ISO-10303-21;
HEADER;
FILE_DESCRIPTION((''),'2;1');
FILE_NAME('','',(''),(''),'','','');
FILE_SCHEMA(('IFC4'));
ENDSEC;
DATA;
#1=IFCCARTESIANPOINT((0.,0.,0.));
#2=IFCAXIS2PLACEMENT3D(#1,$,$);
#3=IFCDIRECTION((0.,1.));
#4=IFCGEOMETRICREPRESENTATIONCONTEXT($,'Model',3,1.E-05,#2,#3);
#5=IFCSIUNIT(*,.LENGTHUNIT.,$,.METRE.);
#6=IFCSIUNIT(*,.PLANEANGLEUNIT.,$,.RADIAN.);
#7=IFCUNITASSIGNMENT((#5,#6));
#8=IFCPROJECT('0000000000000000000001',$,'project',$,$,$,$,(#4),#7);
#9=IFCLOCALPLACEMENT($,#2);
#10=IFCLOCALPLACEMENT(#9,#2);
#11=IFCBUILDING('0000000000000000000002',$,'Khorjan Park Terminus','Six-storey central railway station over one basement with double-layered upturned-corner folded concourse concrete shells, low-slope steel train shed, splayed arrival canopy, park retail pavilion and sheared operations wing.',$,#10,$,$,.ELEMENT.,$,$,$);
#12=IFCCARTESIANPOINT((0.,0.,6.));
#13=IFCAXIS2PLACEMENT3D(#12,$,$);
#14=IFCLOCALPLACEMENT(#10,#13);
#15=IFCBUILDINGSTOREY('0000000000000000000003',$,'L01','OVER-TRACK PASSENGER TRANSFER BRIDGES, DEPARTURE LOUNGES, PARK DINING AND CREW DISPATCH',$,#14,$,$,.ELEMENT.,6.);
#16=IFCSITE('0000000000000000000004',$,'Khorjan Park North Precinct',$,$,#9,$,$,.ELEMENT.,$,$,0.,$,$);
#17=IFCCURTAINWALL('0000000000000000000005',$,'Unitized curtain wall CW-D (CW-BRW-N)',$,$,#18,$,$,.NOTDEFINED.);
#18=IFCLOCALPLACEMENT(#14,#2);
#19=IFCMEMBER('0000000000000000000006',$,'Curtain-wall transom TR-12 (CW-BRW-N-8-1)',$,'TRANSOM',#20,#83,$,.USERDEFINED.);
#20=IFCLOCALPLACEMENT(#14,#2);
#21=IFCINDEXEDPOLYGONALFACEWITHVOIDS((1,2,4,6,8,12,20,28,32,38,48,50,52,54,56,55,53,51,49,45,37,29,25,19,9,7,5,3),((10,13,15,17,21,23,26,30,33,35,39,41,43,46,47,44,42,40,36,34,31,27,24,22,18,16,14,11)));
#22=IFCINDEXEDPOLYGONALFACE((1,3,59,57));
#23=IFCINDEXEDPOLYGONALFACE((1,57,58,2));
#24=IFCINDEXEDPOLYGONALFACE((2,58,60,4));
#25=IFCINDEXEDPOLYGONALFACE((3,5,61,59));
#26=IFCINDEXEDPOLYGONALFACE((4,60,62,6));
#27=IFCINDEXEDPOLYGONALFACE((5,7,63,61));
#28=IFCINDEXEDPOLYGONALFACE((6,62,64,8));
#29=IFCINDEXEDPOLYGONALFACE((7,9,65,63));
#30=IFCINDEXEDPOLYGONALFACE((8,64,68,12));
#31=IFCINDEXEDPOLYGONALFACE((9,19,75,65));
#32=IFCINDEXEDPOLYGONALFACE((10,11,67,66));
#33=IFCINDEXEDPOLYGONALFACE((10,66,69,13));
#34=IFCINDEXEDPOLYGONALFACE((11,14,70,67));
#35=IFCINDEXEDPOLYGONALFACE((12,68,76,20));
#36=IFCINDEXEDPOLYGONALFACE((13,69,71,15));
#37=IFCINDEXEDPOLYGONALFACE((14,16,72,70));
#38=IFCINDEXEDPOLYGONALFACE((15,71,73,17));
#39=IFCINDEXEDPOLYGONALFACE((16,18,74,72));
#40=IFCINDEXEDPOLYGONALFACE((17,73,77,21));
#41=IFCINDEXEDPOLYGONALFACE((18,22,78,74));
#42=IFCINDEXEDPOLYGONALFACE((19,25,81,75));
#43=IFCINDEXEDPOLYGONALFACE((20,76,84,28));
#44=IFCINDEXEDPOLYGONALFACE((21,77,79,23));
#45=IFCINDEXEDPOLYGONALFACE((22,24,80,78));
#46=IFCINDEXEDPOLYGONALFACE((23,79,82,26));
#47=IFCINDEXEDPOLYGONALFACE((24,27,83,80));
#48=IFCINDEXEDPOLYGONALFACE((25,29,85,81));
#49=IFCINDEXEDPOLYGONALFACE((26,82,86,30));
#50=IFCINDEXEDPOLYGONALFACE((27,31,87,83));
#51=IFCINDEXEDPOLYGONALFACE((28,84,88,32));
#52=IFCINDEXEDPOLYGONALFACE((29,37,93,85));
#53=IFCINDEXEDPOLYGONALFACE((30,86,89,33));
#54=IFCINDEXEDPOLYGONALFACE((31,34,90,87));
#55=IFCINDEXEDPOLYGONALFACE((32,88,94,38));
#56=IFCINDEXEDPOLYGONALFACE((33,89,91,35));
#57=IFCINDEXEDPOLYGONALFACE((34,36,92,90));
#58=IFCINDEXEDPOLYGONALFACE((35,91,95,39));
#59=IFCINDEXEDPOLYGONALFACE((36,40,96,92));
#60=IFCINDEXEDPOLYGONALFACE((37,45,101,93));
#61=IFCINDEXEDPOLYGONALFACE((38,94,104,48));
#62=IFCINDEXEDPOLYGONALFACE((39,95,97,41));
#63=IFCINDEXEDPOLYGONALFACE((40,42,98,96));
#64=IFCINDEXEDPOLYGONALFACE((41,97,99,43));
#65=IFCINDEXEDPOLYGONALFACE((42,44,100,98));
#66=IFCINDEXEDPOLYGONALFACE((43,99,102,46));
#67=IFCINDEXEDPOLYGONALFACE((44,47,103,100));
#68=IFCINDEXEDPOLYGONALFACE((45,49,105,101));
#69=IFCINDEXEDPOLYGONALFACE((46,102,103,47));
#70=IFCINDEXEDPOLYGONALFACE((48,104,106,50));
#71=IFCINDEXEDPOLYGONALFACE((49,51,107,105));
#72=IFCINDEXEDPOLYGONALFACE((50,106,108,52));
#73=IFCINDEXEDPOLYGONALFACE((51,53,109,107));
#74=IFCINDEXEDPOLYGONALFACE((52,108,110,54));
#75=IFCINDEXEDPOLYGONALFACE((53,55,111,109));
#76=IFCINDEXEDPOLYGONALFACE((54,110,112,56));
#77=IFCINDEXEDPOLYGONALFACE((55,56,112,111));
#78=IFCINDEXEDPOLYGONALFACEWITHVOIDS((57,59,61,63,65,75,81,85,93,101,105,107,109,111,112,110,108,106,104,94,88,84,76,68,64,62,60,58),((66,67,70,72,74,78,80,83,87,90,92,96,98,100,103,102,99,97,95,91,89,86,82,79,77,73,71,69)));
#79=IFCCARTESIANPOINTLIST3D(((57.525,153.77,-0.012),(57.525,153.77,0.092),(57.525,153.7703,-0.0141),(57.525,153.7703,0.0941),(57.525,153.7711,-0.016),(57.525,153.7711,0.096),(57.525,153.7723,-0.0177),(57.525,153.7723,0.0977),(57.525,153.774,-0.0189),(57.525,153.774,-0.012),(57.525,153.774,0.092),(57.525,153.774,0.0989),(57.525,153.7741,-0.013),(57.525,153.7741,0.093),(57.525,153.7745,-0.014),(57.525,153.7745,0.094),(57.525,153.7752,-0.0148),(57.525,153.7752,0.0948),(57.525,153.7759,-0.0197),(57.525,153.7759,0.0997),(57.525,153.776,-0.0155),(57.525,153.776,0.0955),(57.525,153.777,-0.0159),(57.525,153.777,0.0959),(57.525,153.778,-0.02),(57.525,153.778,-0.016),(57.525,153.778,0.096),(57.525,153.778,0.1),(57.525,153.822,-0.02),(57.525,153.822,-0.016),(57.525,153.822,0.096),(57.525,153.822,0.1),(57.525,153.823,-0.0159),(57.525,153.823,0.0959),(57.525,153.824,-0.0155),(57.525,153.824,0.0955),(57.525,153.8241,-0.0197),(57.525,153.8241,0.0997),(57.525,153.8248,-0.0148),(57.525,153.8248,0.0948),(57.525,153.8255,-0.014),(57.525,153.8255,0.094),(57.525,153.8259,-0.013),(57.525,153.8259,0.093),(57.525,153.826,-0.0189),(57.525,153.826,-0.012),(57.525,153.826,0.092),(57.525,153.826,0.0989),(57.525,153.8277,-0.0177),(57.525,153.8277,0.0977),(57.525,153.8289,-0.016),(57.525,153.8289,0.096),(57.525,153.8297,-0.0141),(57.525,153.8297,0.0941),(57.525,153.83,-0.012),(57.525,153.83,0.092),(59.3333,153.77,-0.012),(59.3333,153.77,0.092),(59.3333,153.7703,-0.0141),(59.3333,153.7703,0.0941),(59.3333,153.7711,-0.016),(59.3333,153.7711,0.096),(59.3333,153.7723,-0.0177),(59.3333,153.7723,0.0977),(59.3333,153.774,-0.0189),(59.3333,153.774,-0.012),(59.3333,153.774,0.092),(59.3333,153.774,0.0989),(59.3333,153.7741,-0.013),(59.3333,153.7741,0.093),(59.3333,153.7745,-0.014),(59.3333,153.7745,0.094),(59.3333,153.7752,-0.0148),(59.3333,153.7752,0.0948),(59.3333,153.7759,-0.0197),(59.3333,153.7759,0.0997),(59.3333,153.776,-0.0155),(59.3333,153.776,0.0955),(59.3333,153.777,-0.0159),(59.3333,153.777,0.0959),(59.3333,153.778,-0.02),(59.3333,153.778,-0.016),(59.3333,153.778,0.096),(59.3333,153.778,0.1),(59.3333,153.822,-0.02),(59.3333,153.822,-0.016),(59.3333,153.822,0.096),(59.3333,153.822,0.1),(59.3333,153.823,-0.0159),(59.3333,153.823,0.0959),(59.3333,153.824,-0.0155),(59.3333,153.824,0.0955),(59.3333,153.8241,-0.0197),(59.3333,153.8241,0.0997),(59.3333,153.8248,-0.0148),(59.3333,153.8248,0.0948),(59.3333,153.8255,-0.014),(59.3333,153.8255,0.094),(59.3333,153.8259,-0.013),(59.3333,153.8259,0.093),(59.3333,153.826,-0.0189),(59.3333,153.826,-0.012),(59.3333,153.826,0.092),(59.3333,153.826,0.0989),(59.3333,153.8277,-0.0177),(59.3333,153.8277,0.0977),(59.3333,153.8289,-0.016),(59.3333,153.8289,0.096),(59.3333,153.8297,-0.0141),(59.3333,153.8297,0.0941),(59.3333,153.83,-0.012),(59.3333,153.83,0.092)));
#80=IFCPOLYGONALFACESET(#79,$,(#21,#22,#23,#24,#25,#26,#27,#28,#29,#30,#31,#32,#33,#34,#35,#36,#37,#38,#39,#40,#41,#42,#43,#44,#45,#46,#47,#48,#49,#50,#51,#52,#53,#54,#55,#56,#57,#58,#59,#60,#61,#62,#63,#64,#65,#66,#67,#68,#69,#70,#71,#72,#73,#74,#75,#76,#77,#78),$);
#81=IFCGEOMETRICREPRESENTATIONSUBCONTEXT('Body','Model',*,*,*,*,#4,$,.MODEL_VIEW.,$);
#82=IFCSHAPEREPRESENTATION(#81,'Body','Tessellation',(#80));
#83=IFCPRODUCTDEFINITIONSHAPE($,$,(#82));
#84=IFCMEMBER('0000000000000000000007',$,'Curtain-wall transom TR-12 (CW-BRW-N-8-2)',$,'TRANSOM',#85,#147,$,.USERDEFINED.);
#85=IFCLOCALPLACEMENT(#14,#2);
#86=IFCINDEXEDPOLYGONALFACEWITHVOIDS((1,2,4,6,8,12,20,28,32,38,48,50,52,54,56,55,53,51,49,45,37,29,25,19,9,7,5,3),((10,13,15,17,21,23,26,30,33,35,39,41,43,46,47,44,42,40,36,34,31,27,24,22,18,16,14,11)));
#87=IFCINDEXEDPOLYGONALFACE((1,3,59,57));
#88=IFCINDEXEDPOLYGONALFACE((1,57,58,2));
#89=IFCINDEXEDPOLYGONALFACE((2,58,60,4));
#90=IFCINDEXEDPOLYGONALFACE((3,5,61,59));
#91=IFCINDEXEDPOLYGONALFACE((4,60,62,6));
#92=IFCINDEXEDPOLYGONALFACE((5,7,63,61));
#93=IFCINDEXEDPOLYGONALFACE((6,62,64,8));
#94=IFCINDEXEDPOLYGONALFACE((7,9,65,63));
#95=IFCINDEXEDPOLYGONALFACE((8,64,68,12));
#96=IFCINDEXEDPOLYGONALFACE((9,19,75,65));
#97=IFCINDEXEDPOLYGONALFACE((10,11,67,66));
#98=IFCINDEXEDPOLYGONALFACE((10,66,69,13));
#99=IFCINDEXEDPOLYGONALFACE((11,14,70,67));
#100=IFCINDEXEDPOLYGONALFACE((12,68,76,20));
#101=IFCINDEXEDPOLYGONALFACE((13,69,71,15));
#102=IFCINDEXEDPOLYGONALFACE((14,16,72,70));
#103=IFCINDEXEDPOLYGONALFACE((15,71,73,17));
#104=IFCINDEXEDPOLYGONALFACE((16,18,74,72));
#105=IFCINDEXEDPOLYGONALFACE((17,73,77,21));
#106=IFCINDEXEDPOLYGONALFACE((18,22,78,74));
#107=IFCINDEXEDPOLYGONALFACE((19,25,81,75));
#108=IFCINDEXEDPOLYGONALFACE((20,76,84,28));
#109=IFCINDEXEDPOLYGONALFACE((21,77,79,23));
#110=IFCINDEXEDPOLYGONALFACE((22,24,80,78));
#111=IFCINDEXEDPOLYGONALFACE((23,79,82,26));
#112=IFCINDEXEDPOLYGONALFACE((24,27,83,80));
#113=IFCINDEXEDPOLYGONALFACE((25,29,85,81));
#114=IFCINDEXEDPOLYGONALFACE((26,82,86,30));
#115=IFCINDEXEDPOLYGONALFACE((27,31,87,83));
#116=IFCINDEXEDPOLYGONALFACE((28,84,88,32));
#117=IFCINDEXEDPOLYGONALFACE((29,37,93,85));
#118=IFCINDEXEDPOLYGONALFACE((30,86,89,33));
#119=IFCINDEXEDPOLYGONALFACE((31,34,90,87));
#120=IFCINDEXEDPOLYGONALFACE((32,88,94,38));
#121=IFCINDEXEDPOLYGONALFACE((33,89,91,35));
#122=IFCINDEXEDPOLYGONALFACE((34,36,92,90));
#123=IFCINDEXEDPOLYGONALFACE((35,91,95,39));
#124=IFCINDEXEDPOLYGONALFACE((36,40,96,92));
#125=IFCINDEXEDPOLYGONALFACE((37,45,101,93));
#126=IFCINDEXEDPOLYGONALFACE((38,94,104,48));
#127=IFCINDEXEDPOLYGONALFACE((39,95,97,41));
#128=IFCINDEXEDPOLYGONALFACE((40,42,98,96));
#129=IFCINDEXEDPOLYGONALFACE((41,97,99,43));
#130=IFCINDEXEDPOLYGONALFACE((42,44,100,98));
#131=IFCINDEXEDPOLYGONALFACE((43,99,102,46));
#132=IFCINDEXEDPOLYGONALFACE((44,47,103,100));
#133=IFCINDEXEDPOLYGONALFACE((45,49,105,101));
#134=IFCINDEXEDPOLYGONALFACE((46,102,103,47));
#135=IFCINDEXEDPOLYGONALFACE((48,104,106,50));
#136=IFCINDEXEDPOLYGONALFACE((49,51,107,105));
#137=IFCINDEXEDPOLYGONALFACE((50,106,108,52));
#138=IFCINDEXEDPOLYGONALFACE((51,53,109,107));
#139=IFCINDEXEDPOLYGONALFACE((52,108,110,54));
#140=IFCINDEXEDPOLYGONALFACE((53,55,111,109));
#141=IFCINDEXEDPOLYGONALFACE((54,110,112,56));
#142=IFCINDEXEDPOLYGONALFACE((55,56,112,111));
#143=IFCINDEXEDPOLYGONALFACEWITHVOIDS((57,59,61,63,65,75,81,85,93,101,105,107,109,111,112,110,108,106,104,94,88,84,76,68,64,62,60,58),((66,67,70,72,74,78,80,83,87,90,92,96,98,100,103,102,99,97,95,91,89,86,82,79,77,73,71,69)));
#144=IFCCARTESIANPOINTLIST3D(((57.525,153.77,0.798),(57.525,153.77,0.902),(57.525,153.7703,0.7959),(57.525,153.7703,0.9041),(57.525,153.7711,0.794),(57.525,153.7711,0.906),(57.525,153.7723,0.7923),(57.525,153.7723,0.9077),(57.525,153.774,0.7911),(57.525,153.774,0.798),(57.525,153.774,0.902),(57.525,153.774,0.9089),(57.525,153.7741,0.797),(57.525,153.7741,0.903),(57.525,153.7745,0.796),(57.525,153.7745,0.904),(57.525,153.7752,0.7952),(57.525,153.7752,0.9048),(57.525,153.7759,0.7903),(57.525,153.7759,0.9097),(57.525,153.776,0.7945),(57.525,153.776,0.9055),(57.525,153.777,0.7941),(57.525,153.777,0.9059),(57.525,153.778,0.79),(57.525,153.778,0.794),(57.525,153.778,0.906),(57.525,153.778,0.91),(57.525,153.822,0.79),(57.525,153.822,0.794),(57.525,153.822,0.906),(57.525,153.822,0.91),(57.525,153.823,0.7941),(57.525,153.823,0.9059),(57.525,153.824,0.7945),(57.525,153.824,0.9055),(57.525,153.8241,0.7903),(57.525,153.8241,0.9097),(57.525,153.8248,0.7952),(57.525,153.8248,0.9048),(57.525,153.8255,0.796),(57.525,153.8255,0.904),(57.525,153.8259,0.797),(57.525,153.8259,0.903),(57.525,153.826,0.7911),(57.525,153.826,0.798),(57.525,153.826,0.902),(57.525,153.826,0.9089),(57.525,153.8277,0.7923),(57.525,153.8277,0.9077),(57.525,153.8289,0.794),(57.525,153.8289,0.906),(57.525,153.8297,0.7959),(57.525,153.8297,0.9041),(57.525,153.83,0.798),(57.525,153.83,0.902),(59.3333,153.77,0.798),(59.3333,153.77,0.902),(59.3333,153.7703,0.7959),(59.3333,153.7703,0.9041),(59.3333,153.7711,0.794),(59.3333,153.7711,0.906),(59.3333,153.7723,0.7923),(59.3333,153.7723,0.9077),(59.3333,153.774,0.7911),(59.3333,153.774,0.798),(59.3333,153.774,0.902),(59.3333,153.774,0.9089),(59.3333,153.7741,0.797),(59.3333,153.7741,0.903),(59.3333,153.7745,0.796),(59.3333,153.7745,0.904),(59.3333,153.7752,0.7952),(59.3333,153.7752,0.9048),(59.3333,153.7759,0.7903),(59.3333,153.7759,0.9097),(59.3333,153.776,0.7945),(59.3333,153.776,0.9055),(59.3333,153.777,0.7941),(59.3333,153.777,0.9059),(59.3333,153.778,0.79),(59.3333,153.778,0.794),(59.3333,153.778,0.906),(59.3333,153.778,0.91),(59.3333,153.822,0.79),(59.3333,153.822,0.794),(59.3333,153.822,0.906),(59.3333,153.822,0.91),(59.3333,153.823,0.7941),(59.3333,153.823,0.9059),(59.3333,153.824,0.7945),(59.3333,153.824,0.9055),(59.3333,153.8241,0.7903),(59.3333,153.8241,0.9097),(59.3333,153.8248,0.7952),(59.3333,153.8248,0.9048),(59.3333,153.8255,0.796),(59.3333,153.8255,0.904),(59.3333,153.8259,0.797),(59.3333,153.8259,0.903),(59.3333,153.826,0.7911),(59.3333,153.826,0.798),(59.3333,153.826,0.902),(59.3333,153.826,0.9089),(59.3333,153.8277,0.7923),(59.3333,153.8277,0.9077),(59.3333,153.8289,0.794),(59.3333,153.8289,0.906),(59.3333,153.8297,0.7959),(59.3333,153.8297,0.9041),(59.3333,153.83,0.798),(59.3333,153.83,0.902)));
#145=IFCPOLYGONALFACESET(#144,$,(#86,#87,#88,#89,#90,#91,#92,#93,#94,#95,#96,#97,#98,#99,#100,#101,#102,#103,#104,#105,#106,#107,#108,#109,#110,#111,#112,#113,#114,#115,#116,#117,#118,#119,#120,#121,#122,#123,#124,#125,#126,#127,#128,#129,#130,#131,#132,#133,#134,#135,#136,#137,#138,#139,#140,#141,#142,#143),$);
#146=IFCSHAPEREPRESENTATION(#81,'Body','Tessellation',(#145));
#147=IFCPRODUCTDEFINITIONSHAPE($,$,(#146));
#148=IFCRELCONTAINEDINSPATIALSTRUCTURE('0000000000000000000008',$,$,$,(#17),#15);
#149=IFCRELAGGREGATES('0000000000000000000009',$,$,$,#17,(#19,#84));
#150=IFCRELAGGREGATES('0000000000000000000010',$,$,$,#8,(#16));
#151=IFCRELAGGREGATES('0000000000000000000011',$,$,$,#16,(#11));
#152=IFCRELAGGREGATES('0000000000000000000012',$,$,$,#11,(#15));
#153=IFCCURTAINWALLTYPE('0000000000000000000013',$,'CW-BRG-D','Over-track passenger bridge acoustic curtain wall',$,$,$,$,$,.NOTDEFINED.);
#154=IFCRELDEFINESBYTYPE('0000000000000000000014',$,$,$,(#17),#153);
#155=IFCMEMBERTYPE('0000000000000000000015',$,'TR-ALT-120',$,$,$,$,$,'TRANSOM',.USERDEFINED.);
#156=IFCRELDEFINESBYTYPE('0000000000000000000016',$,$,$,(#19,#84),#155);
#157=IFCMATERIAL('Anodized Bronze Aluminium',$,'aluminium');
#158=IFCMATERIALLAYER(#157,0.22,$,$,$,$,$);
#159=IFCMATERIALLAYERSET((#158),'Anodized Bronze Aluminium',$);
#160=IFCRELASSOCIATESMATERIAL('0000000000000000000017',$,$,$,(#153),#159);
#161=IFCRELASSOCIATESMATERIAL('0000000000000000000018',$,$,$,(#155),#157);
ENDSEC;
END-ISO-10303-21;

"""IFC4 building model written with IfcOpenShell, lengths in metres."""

from ifc_helpers import new_model, si_unit, direction, frame, origin, origin_2d, place, context, subcontext, project, spatial, hollow_rectangle, extrude, material, layer, layer_set, material_profile, profile_set, type_object, element, aggregate, save


model = new_model("IFC4")

# Units and contexts
model_context = context("Model", 3, precision=1e-05, world=origin(), true_north=direction((0.0, 1.0)))
body_context = subcontext(model_context, "Body", "Model", "MODEL_VIEW")
ifc_project = project(units=[si_unit("LENGTHUNIT", "METRE"), si_unit("PLANEANGLEUNIT", "RADIAN")], contexts=[model_context])

# Site, building, storey
site_placement = place(None, origin())
site = spatial("IfcSite", under=ifc_project, at=site_placement, Name="Khorjan Park North Precinct", CompositionType="ELEMENT", RefElevation=0.0)
building_placement = place(site_placement, origin())
building = spatial("IfcBuilding", under=site, at=building_placement, Name="Khorjan Park Terminus", Description="Six-storey central railway station over one basement with double-layered upturned-corner folded concourse concrete shells, low-slope steel train shed, splayed arrival canopy, park retail pavilion and sheared operations wing.", CompositionType="ELEMENT")
storey_placement = place(building_placement, frame((0.0, 0.0, 6.0)))
storey = spatial("IfcBuildingStorey", under=building, at=storey_placement, Name="L01", Description="OVER-TRACK PASSENGER TRANSFER BRIDGES, DEPARTURE LOUNGES, PARK DINING AND CREW DISPATCH", CompositionType="ELEMENT", Elevation=6.0)

# Curtain wall, members
ifc_material_1 = material(Name="Anodized Bronze Aluminium", Category="aluminium")
ifc_layer_1 = layer(ifc_material_1, 0.22)
ifc_layer_set_1 = layer_set([ifc_layer_1], Name="Anodized Bronze Aluminium")
curtain_wall_type = type_object("IfcCurtainWallType", Name="CW-BRG-D", Description="Over-track passenger bridge acoustic curtain wall", PredefinedType="NOTDEFINED", material=ifc_layer_set_1)
curtain_wall_placement = place(storey_placement, origin())
curtain_wall = element("IfcCurtainWall", 1, at=curtain_wall_placement, inside=storey, type_object=curtain_wall_type, Name="Unitized curtain wall CW-D (CW-BRW-N)", PredefinedType="NOTDEFINED")
ifc_material_profile_1 = material_profile(ifc_material_1, hollow_rectangle(XDim=0.06, YDim=0.12, WallThickness=0.004, InnerFilletRadius=0.004, OuterFilletRadius=0.008, at=origin_2d()), Name="ALT 60x120x4")
ifc_profile_set_1 = profile_set([ifc_material_profile_1], Name="Anodized Bronze Aluminium")
member_type_1 = type_object("IfcMemberType", Name="TR-ALT-120", ElementType="TRANSOM", PredefinedType="USERDEFINED", material=ifc_profile_set_1)
member_1_placement = place(storey_placement, frame((59.3333, 153.8, 0.04), z_axis=(-1.0, 0.0, 0.0), x_axis=(0.0, -1.0, 0.0)))
member_1 = element("IfcMember", 2, at=member_1_placement, type_object=member_type_1, Name="Curtain-wall transom TR-12 (CW-BRW-N-8-1)", ObjectType="TRANSOM", PredefinedType="USERDEFINED", context=body_context, shape_type="SweptSolid", body=[
    extrude(hollow_rectangle(XDim=0.06, YDim=0.12, WallThickness=0.004, InnerFilletRadius=0.004, OuterFilletRadius=0.008, at=origin_2d()), origin(), (0.0, 0.0, 1.0), 1.8083),
])
member_2_placement = place(storey_placement, frame((59.3333, 153.8, 0.85), z_axis=(-1.0, 0.0, 0.0), x_axis=(0.0, -1.0, 0.0)))
member_2 = element("IfcMember", 3, at=member_2_placement, type_object=member_type_1, Name="Curtain-wall transom TR-12 (CW-BRW-N-8-2)", ObjectType="TRANSOM", PredefinedType="USERDEFINED", context=body_context, shape_type="SweptSolid", body=[
    extrude(hollow_rectangle(XDim=0.06, YDim=0.12, WallThickness=0.004, InnerFilletRadius=0.004, OuterFilletRadius=0.008, at=origin_2d()), origin(), (0.0, 0.0, 1.0), 1.8083),
])
aggregate(curtain_wall, [member_1, member_2])

save(model, "model.ifc")
